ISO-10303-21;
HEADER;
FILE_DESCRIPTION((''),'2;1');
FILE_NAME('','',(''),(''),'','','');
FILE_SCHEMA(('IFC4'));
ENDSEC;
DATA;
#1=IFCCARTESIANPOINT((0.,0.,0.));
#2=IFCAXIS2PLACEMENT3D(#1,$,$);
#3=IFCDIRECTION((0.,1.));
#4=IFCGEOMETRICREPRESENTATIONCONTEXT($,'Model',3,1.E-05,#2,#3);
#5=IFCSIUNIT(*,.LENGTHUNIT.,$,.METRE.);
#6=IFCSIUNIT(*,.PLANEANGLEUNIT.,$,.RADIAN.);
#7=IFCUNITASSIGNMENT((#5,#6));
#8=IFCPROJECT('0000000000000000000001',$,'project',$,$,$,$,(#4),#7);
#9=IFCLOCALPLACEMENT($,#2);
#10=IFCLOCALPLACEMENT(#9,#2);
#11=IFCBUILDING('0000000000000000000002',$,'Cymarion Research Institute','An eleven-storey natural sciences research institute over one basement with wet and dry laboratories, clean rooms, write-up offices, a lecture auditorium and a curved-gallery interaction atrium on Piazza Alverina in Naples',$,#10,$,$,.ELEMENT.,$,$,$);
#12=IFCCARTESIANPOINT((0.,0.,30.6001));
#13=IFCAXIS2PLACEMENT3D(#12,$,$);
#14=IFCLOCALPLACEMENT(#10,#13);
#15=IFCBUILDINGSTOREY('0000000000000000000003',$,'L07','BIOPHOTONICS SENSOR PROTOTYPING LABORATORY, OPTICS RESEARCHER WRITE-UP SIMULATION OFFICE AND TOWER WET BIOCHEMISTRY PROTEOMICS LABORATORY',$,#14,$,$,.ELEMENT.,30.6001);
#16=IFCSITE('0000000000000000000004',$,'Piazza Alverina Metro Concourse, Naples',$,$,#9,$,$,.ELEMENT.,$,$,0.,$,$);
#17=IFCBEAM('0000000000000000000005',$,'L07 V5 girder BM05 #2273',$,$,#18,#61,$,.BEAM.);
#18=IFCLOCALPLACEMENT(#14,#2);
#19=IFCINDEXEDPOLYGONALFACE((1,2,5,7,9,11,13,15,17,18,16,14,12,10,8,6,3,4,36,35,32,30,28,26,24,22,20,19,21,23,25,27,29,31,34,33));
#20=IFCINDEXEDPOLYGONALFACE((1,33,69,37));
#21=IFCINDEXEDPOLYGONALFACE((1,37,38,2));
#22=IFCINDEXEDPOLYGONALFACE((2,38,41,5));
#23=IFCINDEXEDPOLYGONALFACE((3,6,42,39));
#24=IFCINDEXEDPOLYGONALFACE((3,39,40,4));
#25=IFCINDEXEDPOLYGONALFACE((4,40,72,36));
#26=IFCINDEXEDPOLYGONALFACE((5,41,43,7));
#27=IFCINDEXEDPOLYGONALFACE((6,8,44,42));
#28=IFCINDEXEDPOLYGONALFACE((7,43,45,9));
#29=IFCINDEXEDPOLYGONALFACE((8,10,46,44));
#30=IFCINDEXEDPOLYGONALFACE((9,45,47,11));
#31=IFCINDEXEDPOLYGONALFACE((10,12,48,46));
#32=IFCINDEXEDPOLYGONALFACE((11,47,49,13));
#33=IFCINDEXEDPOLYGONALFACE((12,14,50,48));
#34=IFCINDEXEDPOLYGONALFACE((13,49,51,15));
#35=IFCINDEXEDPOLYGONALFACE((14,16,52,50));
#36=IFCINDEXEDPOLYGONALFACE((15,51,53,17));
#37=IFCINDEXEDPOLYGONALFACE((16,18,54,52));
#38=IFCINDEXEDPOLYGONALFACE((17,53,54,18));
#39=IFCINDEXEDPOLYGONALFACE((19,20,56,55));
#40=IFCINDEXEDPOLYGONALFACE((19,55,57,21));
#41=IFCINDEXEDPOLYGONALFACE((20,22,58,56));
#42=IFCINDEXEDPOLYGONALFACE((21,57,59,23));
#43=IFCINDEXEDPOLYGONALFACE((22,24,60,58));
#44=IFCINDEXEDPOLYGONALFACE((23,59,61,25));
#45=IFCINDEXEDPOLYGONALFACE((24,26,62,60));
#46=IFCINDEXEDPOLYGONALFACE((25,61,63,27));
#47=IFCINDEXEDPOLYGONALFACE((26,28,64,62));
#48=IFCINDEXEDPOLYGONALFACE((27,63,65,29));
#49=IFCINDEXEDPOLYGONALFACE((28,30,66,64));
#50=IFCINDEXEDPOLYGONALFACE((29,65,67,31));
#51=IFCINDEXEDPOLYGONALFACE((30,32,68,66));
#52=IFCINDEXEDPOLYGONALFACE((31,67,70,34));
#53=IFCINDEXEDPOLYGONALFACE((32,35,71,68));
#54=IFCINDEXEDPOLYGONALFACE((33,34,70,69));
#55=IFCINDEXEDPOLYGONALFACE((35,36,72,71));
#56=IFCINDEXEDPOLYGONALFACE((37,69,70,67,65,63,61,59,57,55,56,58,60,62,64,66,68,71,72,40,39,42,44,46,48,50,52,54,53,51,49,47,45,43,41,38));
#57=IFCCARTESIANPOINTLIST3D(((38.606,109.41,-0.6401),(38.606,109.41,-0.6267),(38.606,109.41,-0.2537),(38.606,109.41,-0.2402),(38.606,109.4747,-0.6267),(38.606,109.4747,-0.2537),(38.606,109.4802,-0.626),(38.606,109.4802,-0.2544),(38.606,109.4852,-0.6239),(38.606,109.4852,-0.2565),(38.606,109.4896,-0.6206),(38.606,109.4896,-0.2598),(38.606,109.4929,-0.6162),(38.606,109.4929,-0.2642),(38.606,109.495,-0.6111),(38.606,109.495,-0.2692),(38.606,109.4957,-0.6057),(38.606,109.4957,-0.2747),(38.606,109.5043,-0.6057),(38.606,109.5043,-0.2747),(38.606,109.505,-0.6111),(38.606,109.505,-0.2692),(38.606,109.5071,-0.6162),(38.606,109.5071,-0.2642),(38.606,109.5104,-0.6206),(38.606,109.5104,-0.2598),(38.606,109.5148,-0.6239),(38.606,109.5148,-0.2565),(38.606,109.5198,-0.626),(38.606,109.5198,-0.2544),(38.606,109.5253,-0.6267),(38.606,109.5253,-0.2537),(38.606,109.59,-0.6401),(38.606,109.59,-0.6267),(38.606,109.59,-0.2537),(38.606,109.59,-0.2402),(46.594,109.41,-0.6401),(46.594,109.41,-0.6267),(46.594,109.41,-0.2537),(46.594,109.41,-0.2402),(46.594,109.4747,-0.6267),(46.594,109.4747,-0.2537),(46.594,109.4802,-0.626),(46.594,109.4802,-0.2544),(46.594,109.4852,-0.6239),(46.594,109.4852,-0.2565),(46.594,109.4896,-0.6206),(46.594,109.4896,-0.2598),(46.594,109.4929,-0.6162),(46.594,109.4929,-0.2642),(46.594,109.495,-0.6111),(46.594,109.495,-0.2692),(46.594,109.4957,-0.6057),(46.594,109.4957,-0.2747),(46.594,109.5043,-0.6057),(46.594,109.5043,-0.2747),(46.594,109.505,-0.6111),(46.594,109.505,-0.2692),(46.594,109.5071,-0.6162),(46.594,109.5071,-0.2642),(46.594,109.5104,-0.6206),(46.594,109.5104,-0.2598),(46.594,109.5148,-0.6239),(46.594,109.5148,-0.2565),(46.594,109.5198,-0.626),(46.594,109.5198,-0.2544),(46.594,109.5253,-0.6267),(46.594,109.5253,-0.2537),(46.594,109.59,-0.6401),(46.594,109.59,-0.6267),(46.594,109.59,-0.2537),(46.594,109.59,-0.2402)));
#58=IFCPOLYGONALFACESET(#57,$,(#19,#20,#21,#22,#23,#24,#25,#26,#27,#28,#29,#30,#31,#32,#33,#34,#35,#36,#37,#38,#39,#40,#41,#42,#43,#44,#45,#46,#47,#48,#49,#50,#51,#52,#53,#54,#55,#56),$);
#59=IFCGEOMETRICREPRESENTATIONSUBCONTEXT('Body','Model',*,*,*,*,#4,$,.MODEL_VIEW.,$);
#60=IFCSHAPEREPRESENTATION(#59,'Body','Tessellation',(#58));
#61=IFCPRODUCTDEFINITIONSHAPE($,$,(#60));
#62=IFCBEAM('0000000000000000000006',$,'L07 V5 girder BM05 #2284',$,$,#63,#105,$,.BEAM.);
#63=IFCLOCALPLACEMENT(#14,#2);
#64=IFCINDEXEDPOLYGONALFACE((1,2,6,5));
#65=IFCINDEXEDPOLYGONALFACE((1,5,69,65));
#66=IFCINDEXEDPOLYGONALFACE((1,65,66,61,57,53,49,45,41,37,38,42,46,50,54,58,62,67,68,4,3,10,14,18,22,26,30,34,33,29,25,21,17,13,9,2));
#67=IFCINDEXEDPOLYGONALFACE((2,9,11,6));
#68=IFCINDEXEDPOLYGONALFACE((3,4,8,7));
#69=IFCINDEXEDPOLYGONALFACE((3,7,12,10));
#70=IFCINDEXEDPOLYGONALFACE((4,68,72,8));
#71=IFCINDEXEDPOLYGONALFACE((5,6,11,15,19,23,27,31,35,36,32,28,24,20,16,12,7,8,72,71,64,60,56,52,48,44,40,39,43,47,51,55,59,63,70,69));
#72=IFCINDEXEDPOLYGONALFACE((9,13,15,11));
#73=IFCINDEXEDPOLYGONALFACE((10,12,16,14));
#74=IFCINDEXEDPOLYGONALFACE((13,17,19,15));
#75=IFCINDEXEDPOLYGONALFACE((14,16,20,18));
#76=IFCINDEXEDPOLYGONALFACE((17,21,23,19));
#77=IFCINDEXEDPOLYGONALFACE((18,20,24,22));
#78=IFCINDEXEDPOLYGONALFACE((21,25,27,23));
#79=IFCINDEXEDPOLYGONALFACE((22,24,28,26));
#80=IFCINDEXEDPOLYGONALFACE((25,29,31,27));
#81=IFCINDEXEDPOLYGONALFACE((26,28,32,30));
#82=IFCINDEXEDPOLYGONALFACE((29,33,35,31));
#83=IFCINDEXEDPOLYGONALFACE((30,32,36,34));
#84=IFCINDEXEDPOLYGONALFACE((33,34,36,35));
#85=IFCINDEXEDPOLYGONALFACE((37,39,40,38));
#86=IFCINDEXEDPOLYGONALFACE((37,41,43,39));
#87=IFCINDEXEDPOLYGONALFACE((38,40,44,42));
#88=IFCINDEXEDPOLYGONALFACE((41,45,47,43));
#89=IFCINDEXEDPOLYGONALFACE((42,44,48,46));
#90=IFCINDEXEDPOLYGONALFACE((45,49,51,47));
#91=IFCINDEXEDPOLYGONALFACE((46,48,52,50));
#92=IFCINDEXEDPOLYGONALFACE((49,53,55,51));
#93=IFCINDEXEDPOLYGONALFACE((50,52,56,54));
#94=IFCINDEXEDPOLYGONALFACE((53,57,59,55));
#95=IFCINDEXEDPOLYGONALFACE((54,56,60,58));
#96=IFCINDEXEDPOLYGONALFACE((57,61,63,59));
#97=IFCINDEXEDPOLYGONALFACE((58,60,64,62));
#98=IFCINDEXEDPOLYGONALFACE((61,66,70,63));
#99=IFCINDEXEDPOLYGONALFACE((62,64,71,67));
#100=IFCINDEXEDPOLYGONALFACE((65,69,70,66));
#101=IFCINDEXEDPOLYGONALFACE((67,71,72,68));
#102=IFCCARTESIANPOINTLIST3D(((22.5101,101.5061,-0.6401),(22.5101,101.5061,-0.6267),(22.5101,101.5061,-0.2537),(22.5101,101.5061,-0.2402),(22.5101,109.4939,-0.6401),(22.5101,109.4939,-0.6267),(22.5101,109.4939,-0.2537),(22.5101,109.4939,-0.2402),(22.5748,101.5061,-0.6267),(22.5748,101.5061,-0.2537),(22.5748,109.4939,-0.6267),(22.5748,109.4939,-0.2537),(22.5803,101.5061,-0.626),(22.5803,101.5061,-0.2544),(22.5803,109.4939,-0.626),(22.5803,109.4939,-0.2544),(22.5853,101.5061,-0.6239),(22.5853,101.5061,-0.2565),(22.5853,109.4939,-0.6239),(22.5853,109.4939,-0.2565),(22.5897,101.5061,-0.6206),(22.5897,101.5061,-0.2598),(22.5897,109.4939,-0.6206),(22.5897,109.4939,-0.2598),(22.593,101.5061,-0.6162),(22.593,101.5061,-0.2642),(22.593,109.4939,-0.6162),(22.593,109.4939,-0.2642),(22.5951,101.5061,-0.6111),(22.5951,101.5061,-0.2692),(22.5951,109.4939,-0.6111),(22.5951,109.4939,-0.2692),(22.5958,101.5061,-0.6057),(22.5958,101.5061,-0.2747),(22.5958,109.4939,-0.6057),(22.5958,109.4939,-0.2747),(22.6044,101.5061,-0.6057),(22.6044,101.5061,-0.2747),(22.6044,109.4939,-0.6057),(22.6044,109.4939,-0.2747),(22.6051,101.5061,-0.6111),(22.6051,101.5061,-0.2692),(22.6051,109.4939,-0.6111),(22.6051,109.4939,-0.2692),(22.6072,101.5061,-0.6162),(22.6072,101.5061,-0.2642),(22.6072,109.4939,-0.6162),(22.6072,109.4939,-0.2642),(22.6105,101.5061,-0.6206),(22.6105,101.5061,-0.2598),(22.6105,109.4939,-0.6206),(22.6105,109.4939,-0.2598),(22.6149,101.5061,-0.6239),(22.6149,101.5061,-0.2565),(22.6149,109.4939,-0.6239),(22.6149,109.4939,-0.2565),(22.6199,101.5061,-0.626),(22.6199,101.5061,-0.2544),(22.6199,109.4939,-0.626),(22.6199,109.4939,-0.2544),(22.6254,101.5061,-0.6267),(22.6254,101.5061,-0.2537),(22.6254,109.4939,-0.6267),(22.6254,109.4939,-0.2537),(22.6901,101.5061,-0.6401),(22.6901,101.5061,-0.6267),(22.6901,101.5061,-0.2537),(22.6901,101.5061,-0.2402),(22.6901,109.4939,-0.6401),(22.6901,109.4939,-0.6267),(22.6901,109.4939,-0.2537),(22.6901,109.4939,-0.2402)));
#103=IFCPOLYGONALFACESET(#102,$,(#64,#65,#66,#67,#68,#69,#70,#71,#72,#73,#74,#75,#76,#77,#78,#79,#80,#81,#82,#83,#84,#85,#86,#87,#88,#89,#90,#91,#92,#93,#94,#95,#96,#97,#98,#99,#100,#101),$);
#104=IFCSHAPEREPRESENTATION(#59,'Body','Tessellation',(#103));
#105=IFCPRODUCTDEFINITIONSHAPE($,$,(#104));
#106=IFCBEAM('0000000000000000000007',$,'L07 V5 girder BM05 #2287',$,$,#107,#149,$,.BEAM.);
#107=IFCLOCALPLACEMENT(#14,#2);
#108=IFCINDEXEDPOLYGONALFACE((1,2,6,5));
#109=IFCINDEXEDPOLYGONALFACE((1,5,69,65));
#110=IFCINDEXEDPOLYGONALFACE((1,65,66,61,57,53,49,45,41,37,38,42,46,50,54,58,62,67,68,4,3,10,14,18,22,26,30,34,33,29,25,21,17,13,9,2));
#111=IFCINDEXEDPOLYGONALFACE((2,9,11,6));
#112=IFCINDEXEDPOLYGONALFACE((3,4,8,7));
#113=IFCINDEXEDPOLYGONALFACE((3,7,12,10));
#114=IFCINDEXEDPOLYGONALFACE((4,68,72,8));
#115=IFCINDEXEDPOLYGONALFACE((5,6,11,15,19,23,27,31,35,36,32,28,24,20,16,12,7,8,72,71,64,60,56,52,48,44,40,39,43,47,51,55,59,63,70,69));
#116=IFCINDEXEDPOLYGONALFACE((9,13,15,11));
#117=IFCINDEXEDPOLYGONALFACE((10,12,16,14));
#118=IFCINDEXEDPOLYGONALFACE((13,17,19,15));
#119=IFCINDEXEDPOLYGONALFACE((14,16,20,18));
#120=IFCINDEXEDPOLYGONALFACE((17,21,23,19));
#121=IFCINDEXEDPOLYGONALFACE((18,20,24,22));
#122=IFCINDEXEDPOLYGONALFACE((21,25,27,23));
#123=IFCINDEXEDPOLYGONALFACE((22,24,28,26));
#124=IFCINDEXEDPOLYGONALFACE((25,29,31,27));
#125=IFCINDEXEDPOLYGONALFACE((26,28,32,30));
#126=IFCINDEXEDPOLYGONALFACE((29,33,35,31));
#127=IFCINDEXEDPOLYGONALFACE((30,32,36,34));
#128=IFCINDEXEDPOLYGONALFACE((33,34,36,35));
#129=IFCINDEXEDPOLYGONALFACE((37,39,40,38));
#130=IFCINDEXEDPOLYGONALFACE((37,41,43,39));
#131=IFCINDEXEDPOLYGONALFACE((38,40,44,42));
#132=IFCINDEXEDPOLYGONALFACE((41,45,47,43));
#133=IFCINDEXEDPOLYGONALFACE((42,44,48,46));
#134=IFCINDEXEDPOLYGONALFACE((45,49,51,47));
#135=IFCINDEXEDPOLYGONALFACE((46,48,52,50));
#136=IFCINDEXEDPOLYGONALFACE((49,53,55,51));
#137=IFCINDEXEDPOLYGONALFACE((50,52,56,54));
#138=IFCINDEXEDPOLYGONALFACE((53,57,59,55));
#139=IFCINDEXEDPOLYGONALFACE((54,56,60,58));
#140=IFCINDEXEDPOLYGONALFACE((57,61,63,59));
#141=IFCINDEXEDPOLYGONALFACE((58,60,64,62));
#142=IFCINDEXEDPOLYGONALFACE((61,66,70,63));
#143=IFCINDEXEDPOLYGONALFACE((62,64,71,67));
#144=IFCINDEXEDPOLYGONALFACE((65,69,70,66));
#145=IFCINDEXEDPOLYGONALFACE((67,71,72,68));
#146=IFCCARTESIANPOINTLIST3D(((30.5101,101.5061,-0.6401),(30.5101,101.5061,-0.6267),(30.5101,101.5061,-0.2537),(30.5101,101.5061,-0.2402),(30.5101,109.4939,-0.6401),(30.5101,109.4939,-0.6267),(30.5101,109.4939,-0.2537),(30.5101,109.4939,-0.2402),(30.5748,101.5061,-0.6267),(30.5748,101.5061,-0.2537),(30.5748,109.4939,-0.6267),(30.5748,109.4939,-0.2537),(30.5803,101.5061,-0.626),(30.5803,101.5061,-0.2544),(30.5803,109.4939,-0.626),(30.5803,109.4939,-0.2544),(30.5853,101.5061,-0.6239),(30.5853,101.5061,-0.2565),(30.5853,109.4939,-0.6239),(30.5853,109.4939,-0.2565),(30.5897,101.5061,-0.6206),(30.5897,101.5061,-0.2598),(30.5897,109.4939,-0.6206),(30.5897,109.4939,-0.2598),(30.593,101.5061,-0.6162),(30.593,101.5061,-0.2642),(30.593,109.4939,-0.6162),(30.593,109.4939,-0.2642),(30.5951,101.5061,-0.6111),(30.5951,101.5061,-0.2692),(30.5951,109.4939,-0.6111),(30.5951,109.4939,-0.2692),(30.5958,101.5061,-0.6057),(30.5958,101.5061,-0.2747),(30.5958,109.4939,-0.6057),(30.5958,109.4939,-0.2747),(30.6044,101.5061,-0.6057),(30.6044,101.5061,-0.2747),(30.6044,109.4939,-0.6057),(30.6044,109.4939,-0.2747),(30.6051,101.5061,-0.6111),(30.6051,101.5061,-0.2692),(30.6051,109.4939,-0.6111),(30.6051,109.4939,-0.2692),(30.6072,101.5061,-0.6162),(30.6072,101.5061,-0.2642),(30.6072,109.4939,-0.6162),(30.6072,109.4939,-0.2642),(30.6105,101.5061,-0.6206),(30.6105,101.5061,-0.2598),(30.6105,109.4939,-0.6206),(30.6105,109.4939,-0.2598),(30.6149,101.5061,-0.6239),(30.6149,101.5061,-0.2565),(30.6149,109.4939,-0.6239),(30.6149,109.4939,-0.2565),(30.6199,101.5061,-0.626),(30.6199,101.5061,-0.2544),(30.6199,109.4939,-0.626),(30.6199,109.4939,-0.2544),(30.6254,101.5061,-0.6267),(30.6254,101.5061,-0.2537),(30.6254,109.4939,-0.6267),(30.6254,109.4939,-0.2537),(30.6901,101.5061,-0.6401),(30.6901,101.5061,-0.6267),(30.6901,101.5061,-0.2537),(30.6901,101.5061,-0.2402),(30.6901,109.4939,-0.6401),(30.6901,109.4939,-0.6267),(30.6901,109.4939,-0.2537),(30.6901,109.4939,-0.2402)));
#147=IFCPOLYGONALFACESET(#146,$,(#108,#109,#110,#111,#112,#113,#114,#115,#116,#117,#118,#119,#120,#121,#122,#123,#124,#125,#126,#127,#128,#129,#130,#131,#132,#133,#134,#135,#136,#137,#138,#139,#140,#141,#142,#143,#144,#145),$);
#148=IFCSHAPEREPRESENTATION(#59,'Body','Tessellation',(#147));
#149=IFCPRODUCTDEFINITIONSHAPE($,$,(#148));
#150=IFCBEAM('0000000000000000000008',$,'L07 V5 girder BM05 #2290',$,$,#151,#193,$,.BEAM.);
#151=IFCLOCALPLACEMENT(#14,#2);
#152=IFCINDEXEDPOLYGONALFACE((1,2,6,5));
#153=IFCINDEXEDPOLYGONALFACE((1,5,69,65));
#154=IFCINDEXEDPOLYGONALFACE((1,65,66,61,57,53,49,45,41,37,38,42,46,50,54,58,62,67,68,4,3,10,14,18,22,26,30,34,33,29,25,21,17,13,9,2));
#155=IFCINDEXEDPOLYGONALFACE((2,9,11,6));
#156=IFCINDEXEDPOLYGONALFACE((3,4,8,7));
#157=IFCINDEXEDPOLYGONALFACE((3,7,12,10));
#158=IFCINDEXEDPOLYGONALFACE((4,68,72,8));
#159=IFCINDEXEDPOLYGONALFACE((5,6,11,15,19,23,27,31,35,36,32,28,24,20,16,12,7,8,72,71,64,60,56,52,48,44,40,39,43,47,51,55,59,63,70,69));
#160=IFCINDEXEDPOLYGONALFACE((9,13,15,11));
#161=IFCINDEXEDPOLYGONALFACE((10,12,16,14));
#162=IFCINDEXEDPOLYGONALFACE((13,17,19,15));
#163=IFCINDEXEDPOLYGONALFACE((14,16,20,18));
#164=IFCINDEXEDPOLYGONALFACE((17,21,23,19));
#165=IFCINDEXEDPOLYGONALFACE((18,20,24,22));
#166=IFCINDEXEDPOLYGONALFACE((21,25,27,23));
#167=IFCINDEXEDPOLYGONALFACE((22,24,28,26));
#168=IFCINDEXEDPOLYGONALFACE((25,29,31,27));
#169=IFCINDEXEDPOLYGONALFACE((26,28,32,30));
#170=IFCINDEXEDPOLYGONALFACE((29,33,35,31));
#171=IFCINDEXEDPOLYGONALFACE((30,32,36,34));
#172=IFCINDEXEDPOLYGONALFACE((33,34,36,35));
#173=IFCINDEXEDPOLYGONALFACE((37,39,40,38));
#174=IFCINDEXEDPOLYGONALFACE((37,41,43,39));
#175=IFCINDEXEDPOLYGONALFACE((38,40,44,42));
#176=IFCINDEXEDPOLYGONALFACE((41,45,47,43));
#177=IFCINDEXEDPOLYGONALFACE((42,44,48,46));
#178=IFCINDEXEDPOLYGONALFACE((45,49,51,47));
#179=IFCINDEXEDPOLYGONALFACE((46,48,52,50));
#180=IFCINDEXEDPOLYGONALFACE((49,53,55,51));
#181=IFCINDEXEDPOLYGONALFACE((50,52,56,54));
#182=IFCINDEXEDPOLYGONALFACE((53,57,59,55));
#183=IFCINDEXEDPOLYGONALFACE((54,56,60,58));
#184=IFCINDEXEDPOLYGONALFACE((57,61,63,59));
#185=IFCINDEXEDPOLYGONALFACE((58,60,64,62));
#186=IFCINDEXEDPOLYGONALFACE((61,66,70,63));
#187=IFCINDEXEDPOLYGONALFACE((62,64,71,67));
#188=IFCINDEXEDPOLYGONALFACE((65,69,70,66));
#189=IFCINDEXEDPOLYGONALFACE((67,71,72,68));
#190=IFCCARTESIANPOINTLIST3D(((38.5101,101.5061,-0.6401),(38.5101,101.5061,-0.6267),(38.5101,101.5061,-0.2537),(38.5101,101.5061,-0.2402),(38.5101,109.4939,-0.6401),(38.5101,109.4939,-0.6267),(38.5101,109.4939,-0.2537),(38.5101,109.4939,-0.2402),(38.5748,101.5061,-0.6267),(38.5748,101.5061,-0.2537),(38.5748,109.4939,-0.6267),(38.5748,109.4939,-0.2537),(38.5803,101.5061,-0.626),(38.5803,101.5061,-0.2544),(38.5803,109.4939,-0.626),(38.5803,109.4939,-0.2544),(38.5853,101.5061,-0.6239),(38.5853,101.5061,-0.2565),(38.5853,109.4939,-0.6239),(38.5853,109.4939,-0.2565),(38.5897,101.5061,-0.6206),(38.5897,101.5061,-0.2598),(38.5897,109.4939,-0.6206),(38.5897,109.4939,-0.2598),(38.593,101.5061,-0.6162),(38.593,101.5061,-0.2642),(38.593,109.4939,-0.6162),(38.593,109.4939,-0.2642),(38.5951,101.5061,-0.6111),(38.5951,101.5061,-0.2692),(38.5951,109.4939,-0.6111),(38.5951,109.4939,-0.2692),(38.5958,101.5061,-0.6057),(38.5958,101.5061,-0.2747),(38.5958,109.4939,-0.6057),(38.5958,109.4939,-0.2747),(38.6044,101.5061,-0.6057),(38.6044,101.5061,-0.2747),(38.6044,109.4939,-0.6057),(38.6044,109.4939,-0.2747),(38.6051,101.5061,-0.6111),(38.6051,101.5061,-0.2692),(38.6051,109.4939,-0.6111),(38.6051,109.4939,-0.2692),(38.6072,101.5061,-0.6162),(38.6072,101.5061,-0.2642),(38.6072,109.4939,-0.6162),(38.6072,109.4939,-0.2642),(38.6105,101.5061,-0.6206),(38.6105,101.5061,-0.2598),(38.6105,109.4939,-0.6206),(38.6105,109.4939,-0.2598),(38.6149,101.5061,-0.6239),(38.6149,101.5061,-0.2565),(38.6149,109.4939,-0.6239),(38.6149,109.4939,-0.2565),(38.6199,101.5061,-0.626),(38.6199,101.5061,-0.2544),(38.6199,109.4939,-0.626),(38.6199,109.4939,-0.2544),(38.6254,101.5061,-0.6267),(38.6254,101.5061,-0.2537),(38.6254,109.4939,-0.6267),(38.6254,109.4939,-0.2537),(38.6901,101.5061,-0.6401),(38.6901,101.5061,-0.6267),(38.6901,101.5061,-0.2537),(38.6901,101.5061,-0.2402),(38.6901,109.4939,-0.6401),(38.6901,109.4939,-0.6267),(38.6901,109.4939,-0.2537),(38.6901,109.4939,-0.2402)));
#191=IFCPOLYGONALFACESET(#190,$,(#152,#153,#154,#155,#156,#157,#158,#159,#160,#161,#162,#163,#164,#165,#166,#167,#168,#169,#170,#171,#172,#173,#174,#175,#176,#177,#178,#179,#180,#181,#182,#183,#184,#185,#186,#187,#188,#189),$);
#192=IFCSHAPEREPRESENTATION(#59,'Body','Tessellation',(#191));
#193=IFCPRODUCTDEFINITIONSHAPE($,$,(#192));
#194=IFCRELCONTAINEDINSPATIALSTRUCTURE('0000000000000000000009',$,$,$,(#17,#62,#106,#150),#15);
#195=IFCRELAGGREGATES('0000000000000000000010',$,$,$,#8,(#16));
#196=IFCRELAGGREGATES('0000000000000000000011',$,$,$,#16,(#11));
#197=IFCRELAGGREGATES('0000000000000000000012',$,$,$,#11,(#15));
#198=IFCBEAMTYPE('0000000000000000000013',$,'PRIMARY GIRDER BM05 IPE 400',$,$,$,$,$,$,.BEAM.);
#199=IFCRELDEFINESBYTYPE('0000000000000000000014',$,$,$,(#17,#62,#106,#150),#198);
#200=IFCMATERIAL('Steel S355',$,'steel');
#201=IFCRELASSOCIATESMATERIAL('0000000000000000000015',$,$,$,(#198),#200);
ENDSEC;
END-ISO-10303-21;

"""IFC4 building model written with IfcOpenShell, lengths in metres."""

from ifc_helpers import new_model, si_unit, direction, frame, origin, origin_2d, place, context, subcontext, project, spatial, i_section, extrude, material, material_profile, profile_set, type_object, element, save


model = new_model("IFC4")

# Units and contexts
model_context = context("Model", 3, precision=1e-05, world=origin(), true_north=direction((0.0, 1.0)))
body_context = subcontext(model_context, "Body", "Model", "MODEL_VIEW")
ifc_project = project(units=[si_unit("LENGTHUNIT", "METRE"), si_unit("PLANEANGLEUNIT", "RADIAN")], contexts=[model_context])

# Site, building, storey
site_placement = place(None, origin())
site = spatial("IfcSite", under=ifc_project, at=site_placement, Name="Piazza Alverina Metro Concourse, Naples", CompositionType="ELEMENT", RefElevation=0.0)
building_placement = place(site_placement, origin())
building = spatial("IfcBuilding", under=site, at=building_placement, Name="Cymarion Research Institute", Description="An eleven-storey natural sciences research institute over one basement with wet and dry laboratories, clean rooms, write-up offices, a lecture auditorium and a curved-gallery interaction atrium on Piazza Alverina in Naples", CompositionType="ELEMENT")
storey_placement = place(building_placement, frame((0.0, 0.0, 30.6001)))
storey = spatial("IfcBuildingStorey", under=building, at=storey_placement, Name="L07", Description="BIOPHOTONICS SENSOR PROTOTYPING LABORATORY, OPTICS RESEARCHER WRITE-UP SIMULATION OFFICE AND TOWER WET BIOCHEMISTRY PROTEOMICS LABORATORY", CompositionType="ELEMENT", Elevation=30.6001)

# Beams
ifc_material_1 = material(Name="Steel S355", Category="steel")
ifc_material_profile_1 = material_profile(ifc_material_1, i_section(OverallWidth=0.1799, OverallDepth=0.3999, WebThickness=0.0085, FlangeThickness=0.0134, FilletRadius=0.021, at=origin_2d()), Name="IPE 400")
ifc_profile_set_1 = profile_set([ifc_material_profile_1], Name="Steel S355")
beam_type_1 = type_object("IfcBeamType", Name="PRIMARY GIRDER BM05 IPE 400", PredefinedType="BEAM", material=ifc_profile_set_1)
for number, where, z_axis, x_axis, name in (
    (1, (38.606, 109.5, -0.4402), (1.0, 0.0, 0.0), (0.0, 1.0, 0.0), "L07 V5 girder BM05 #2273"),
):
    element("IfcBeam", number, at=place(storey_placement, frame(where, z_axis=z_axis, x_axis=x_axis)), inside=storey, type_object=beam_type_1, Name=name, PredefinedType="BEAM", context=body_context, shape_type="SweptSolid", body=[
        extrude(i_section(OverallWidth=0.1799, OverallDepth=0.3999, WebThickness=0.0085, FlangeThickness=0.0134, FilletRadius=0.021, at=origin_2d()), origin(), (0.0, 0.0, 1.0), 7.988),
    ])
for number, where, z_axis, x_axis, name in (
    (2, (22.6001, 101.5061, -0.4402), (0.0, 1.0, 0.0), (-1.0, 0.0, 0.0), "L07 V5 girder BM05 #2284"),
    (3, (30.6001, 101.5061, -0.4402), (0.0, 1.0, 0.0), (-1.0, 0.0, 0.0), "L07 V5 girder BM05 #2287"),
    (4, (38.6001, 101.5061, -0.4402), (0.0, 1.0, 0.0), (-1.0, 0.0, 0.0), "L07 V5 girder BM05 #2290"),
):
    element("IfcBeam", number, at=place(storey_placement, frame(where, z_axis=z_axis, x_axis=x_axis)), inside=storey, type_object=beam_type_1, Name=name, PredefinedType="BEAM", context=body_context, shape_type="SweptSolid", body=[
        extrude(i_section(OverallWidth=0.1799, OverallDepth=0.3999, WebThickness=0.0085, FlangeThickness=0.0134, FilletRadius=0.021, at=origin_2d()), origin(), (0.0, 0.0, 1.0), 7.9878),
    ])

save(model, "model.ifc")
